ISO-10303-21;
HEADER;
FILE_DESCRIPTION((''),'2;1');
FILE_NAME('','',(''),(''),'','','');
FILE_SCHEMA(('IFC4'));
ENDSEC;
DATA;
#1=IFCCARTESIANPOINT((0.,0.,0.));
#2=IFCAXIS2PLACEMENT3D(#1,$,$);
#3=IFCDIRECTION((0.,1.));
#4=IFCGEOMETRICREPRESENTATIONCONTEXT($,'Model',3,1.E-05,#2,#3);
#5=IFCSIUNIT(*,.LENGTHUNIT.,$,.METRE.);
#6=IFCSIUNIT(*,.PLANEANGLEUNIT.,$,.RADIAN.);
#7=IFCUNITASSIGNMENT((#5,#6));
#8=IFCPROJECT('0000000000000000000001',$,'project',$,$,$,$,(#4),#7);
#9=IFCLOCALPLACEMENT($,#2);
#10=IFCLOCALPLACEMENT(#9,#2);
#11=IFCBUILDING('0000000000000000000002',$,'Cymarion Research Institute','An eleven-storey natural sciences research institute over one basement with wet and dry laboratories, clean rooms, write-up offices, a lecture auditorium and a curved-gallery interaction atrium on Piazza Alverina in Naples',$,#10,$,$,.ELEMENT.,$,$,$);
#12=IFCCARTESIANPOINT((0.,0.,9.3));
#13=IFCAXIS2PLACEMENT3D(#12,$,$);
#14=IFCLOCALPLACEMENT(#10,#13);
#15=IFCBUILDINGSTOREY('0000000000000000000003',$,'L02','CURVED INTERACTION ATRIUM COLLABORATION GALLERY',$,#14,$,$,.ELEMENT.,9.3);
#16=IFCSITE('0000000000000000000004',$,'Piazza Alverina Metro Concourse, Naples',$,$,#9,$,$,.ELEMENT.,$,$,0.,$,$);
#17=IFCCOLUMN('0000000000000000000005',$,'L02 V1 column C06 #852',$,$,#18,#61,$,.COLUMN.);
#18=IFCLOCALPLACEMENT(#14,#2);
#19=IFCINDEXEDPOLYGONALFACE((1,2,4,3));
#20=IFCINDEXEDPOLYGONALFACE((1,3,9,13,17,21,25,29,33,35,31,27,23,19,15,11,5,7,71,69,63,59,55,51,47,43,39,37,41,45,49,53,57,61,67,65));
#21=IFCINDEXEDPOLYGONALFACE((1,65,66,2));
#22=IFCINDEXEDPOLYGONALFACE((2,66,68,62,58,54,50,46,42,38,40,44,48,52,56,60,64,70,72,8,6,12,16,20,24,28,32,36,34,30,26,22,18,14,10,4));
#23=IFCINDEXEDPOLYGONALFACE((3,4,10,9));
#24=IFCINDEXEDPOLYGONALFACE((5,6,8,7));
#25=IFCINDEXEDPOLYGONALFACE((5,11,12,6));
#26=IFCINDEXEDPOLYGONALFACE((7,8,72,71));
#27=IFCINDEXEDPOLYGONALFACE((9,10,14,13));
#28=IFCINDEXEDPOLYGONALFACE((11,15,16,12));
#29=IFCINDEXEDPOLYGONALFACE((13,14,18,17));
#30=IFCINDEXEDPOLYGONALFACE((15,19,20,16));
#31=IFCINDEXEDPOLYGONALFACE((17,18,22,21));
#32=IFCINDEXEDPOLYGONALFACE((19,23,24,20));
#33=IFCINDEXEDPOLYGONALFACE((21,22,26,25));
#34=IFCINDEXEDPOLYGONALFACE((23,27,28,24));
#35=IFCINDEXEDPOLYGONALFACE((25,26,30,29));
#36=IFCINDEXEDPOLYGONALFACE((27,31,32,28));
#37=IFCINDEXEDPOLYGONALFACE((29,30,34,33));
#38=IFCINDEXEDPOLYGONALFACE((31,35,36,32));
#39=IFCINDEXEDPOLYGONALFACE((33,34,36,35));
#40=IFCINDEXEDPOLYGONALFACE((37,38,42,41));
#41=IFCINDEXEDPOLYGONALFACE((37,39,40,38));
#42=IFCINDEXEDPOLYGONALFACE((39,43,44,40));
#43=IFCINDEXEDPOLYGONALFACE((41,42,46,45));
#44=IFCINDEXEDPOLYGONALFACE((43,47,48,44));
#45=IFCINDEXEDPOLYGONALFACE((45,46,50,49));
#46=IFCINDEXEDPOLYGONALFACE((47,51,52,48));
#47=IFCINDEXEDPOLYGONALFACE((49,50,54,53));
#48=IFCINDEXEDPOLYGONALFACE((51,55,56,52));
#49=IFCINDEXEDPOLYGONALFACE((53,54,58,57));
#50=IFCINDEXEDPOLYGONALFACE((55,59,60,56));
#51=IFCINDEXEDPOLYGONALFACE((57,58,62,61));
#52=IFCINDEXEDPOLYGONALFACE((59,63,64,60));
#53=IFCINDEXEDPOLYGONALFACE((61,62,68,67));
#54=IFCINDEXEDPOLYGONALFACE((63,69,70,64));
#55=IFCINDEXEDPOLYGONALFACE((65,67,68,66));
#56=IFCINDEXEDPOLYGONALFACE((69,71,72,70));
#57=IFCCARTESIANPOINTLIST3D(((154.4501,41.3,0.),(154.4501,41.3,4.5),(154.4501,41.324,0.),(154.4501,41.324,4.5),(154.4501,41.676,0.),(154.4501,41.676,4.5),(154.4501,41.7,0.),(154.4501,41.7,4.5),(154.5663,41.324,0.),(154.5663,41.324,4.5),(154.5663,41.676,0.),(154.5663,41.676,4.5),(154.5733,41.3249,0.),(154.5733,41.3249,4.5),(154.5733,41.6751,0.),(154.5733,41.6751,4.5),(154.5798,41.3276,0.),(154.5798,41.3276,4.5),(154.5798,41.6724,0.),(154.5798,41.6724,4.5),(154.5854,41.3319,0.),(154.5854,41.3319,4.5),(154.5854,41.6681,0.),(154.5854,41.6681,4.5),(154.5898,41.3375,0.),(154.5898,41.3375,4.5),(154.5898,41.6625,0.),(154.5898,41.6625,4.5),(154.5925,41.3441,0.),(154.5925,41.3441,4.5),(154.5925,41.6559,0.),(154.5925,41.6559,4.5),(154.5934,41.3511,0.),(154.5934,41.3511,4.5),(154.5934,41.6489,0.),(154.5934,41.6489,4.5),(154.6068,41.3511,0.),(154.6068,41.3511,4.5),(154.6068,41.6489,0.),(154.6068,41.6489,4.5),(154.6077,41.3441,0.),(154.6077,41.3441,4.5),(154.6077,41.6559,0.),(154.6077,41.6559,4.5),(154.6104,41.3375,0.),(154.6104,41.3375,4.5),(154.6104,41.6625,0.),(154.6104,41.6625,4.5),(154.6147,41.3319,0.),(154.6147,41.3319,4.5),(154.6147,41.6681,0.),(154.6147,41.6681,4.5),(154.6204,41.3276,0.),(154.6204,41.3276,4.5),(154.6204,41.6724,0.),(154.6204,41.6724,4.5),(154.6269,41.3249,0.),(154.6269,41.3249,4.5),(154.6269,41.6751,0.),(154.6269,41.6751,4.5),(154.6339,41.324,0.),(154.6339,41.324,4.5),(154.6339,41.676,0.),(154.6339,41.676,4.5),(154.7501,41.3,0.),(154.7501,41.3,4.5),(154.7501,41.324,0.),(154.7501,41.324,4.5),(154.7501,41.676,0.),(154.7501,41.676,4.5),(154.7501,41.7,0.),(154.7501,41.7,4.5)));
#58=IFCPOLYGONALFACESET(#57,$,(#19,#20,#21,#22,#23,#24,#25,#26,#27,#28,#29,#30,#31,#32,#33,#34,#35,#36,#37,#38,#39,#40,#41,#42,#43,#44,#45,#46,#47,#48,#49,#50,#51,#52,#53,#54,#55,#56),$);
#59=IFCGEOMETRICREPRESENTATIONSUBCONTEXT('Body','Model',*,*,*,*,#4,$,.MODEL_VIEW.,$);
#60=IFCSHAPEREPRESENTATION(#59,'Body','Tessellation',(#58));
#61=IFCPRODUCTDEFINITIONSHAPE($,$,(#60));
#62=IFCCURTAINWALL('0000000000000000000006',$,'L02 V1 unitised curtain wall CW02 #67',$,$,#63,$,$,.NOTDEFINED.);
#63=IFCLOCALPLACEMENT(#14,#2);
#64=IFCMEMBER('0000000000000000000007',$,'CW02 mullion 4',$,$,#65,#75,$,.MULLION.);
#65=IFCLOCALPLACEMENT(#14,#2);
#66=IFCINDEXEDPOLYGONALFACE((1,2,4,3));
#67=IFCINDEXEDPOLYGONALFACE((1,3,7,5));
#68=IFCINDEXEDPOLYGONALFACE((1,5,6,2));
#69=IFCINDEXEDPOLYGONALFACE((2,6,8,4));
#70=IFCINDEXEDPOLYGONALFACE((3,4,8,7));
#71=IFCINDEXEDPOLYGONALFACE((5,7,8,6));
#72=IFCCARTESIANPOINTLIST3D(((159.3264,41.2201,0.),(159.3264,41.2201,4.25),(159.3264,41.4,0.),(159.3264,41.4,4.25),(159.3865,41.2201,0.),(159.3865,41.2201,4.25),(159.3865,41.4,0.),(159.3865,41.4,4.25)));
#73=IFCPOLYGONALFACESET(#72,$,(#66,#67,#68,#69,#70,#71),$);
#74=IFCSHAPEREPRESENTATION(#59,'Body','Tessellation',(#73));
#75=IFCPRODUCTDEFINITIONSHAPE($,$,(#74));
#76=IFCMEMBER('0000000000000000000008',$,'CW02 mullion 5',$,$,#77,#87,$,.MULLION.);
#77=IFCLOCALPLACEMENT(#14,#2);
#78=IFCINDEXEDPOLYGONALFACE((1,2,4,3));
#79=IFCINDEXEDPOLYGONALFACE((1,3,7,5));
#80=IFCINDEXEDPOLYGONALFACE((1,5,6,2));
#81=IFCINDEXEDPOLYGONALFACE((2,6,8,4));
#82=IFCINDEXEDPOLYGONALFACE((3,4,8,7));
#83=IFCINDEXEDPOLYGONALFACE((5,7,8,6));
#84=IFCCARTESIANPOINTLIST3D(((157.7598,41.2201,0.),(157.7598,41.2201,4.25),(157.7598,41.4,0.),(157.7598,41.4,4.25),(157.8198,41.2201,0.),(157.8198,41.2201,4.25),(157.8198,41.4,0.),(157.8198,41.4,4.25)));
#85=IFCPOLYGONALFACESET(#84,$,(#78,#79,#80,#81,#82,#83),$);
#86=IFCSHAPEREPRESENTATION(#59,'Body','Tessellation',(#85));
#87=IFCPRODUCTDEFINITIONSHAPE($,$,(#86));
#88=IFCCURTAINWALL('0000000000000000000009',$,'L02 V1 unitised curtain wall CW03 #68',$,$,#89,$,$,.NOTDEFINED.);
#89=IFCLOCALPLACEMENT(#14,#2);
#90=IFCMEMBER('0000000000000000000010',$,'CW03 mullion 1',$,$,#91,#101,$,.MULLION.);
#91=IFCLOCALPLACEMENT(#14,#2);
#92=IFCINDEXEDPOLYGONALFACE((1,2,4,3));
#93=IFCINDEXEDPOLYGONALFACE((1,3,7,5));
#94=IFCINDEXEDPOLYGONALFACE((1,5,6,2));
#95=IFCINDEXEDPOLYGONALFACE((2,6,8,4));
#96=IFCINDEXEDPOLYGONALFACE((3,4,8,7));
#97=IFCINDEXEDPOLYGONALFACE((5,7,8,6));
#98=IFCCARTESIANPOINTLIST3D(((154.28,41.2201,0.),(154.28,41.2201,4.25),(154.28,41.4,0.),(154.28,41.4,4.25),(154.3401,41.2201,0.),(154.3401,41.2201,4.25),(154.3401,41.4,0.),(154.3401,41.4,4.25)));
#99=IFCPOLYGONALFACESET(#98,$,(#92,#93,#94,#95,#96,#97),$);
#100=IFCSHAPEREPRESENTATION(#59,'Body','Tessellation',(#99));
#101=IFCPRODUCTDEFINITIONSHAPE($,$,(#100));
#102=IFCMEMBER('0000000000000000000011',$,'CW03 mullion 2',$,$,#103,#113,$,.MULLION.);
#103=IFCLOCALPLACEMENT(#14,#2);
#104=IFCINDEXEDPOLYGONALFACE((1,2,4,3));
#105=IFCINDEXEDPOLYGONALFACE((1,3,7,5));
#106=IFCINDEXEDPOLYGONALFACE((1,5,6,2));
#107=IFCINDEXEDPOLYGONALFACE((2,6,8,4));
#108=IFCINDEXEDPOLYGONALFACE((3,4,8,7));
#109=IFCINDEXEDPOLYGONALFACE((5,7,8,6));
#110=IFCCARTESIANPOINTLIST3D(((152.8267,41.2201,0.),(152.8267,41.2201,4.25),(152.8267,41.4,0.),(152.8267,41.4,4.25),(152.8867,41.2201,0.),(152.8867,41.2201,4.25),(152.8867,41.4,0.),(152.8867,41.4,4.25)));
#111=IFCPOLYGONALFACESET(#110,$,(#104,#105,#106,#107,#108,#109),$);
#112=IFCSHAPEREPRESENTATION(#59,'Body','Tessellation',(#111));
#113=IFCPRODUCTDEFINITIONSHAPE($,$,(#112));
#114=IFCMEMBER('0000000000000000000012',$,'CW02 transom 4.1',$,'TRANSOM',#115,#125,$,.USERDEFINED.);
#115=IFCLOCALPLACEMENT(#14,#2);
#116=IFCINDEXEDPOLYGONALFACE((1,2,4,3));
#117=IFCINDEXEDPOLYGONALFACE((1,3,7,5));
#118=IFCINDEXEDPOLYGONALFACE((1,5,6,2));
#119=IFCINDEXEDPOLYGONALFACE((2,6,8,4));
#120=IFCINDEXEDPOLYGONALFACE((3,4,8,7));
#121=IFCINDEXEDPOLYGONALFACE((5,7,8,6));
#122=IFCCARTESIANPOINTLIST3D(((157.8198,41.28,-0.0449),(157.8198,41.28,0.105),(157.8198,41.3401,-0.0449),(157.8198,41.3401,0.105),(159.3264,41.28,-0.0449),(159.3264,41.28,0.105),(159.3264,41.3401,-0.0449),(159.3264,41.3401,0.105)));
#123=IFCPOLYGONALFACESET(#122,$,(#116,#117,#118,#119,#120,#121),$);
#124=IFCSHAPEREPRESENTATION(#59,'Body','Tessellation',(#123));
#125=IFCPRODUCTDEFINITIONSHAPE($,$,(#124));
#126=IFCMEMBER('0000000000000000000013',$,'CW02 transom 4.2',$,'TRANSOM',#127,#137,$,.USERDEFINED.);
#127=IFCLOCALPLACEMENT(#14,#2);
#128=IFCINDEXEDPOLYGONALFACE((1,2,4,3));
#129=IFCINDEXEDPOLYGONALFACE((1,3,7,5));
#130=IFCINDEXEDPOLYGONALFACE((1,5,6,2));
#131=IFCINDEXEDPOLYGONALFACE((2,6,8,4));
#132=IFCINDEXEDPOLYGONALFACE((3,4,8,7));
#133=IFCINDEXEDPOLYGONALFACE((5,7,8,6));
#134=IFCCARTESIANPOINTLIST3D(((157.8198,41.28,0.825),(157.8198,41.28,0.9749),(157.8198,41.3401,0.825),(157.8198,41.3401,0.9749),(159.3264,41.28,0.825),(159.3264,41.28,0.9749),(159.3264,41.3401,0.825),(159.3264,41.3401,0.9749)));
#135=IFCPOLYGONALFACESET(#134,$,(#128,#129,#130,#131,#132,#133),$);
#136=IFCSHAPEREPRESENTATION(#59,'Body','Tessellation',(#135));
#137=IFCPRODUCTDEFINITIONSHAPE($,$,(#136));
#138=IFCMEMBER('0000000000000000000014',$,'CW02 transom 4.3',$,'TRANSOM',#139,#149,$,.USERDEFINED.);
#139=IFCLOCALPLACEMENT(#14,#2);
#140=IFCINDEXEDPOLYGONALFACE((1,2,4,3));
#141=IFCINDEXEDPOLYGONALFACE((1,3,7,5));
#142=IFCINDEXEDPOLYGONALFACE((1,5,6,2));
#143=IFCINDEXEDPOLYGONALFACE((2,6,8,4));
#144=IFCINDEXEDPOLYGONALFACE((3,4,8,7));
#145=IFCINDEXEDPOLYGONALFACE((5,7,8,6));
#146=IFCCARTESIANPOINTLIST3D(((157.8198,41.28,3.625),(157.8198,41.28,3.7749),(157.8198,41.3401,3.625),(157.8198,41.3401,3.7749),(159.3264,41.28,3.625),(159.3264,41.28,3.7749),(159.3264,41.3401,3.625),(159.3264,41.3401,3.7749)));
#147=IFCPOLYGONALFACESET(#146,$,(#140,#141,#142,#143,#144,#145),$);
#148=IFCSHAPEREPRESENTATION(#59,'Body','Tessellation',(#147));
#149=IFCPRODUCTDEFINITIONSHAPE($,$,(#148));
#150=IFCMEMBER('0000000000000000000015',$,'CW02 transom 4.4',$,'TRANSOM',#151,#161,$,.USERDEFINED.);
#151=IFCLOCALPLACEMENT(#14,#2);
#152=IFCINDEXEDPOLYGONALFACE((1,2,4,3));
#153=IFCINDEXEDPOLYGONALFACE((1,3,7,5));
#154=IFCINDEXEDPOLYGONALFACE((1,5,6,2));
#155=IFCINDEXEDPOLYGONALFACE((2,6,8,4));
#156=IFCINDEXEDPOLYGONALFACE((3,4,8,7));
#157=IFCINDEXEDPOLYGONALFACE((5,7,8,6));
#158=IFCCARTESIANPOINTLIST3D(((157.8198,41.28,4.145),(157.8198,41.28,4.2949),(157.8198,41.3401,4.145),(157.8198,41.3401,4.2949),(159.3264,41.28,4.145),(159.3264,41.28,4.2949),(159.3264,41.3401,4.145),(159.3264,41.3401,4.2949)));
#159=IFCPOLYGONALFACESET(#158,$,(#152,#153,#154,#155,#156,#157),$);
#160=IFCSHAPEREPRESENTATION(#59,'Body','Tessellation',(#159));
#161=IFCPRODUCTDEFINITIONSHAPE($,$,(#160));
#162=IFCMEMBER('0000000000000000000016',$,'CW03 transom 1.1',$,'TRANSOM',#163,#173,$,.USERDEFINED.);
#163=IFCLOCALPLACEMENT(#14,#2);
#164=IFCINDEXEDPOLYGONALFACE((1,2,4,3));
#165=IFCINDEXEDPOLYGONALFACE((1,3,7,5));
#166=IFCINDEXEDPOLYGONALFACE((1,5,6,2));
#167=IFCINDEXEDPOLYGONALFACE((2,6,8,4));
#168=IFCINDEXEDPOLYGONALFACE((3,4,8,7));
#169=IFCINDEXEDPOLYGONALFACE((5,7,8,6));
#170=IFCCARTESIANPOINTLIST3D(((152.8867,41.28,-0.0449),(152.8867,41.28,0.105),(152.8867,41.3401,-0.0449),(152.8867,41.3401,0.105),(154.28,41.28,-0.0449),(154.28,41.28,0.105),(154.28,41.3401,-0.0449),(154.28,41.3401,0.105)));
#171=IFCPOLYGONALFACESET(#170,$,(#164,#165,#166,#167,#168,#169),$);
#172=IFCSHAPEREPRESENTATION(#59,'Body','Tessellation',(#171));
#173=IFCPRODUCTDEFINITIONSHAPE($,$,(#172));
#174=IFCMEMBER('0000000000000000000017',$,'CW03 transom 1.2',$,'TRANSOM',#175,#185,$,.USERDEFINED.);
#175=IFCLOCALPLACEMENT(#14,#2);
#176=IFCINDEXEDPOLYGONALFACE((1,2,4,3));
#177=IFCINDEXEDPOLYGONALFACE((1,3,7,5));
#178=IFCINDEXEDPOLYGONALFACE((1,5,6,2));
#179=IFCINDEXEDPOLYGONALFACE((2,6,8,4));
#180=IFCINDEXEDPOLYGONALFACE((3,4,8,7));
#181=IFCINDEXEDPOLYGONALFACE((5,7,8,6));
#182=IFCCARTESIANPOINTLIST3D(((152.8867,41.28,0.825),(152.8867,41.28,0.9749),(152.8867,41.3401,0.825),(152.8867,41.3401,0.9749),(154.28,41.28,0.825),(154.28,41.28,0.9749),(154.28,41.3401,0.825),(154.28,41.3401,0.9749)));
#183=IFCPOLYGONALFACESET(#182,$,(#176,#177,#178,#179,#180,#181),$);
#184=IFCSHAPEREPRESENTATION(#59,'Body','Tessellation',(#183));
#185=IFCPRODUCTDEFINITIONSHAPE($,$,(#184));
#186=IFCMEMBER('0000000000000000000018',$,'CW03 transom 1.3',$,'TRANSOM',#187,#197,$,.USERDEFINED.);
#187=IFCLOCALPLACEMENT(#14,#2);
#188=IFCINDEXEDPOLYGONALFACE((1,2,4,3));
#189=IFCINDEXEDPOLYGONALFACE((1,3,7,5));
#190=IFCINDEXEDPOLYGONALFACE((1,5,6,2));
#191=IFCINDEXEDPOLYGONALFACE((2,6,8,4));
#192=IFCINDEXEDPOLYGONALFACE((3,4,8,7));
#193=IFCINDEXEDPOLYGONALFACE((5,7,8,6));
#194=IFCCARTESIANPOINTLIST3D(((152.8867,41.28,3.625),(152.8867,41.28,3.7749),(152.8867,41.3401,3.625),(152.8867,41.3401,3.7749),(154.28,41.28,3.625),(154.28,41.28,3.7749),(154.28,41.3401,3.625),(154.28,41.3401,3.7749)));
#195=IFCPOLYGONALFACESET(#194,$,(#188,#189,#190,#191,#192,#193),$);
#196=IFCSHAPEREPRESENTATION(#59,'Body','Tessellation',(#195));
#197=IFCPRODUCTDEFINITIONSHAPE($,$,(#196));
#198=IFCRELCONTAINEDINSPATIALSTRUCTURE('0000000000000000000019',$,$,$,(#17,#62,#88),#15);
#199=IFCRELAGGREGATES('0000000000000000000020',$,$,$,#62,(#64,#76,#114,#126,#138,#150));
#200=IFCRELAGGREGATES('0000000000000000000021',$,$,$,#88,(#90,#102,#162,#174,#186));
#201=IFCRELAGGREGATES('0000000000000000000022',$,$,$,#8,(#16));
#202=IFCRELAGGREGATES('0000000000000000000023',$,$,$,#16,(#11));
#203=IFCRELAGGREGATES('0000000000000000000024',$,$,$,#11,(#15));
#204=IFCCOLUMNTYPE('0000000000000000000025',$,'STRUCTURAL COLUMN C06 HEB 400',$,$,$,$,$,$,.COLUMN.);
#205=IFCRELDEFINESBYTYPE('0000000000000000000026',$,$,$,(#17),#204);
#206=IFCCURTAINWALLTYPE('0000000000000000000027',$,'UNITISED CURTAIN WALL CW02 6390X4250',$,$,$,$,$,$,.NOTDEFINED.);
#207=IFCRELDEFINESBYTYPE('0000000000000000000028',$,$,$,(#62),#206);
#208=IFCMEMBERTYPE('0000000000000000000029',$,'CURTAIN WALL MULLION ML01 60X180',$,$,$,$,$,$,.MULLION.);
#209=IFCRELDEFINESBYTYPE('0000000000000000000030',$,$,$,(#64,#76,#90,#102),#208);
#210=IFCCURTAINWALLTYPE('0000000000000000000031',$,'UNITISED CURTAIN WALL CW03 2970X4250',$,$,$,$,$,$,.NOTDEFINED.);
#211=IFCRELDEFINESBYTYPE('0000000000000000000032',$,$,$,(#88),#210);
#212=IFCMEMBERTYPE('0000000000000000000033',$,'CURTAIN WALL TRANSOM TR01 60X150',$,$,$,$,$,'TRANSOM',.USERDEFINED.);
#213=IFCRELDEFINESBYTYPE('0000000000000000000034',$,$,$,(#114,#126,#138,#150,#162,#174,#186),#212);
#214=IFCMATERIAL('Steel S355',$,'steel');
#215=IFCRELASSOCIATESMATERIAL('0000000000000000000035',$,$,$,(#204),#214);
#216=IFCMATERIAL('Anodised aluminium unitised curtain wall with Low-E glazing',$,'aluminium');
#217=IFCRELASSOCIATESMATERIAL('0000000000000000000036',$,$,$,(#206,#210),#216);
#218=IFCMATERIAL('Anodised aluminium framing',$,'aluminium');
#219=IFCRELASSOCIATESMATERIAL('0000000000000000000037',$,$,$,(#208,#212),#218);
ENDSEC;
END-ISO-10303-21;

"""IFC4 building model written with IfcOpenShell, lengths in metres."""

from ifc_helpers import new_model, si_unit, direction, frame, origin, origin_2d, place, context, subcontext, project, spatial, rectangle, i_section, extrude, material, material_profile, profile_set, type_object, element, aggregate, save


model = new_model("IFC4")

# Units and contexts
model_context = context("Model", 3, precision=1e-05, world=origin(), true_north=direction((0.0, 1.0)))
body_context = subcontext(model_context, "Body", "Model", "MODEL_VIEW")
ifc_project = project(units=[si_unit("LENGTHUNIT", "METRE"), si_unit("PLANEANGLEUNIT", "RADIAN")], contexts=[model_context])

# Site, building, storey
site_placement = place(None, origin())
site = spatial("IfcSite", under=ifc_project, at=site_placement, Name="Piazza Alverina Metro Concourse, Naples", CompositionType="ELEMENT", RefElevation=0.0)
building_placement = place(site_placement, origin())
building = spatial("IfcBuilding", under=site, at=building_placement, Name="Cymarion Research Institute", Description="An eleven-storey natural sciences research institute over one basement with wet and dry laboratories, clean rooms, write-up offices, a lecture auditorium and a curved-gallery interaction atrium on Piazza Alverina in Naples", CompositionType="ELEMENT")
storey_placement = place(building_placement, frame((0.0, 0.0, 9.3)))
storey = spatial("IfcBuildingStorey", under=building, at=storey_placement, Name="L02", Description="CURVED INTERACTION ATRIUM COLLABORATION GALLERY", CompositionType="ELEMENT", Elevation=9.3)

# Column
ifc_material_1 = material(Name="Steel S355", Category="steel")
ifc_material_profile_1 = material_profile(ifc_material_1, i_section(OverallWidth=0.3, OverallDepth=0.3999, WebThickness=0.0134, FlangeThickness=0.0239, FilletRadius=0.0271, at=origin_2d()), Name="HEB 400")
ifc_profile_set_1 = profile_set([ifc_material_profile_1], Name="Steel S355")
column_type = type_object("IfcColumnType", Name="STRUCTURAL COLUMN C06 HEB 400", PredefinedType="COLUMN", material=ifc_profile_set_1)
column_placement = place(storey_placement, frame((154.6001, 41.5, 0.0), z_axis=(0.0, 0.0, 1.0), x_axis=(1.0, 0.0, 0.0)))
element("IfcColumn", 1, at=column_placement, inside=storey, type_object=column_type, Name="L02 V1 column C06 #852", PredefinedType="COLUMN", context=body_context, shape_type="SweptSolid", body=[
    extrude(i_section(OverallWidth=0.3, OverallDepth=0.3999, WebThickness=0.0134, FlangeThickness=0.0239, FilletRadius=0.0271, at=origin_2d()), origin(), (0.0, 0.0, 1.0), 4.5),
])

# Curtain walls, members
ifc_material_2 = material(Name="Anodised aluminium unitised curtain wall with Low-E glazing", Category="aluminium")
curtain_wall_type_1 = type_object("IfcCurtainWallType", Name="UNITISED CURTAIN WALL CW02 6390X4250", PredefinedType="NOTDEFINED", material=ifc_material_2)
curtain_wall_1_placement = place(storey_placement, origin())
curtain_wall_1 = element("IfcCurtainWall", 2, at=curtain_wall_1_placement, inside=storey, type_object=curtain_wall_type_1, Name="L02 V1 unitised curtain wall CW02 #67", PredefinedType="NOTDEFINED")
ifc_material_3 = material(Name="Anodised aluminium framing", Category="aluminium")
ifc_material_profile_2 = material_profile(ifc_material_3, rectangle(XDim=0.0601, YDim=0.1799, at=origin_2d()), Name="ALU MULLION 60x180")
ifc_profile_set_2 = profile_set([ifc_material_profile_2], Name="Anodised aluminium framing")
member_type_1 = type_object("IfcMemberType", Name="CURTAIN WALL MULLION ML01 60X180", PredefinedType="MULLION", material=ifc_profile_set_2)
member_1_placement = place(storey_placement, frame((159.3564, 41.3101, 0.0), z_axis=(0.0, 0.0, 1.0), x_axis=(-1.0, 0.0, 0.0)))
member_1 = element("IfcMember", 3, at=member_1_placement, type_object=member_type_1, Name="CW02 mullion 4", PredefinedType="MULLION", context=body_context, shape_type="SweptSolid", body=[
    extrude(rectangle(XDim=0.0601, YDim=0.1799, at=origin_2d()), origin(), (0.0, 0.0, 1.0), 4.25),
])
member_2_placement = place(storey_placement, frame((157.7898, 41.3101, 0.0), z_axis=(0.0, 0.0, 1.0), x_axis=(-1.0, 0.0, 0.0)))
member_2 = element("IfcMember", 4, at=member_2_placement, type_object=member_type_1, Name="CW02 mullion 5", PredefinedType="MULLION", context=body_context, shape_type="SweptSolid", body=[
    extrude(rectangle(XDim=0.0601, YDim=0.1799, at=origin_2d()), origin(), (0.0, 0.0, 1.0), 4.25),
])
curtain_wall_type_2 = type_object("IfcCurtainWallType", Name="UNITISED CURTAIN WALL CW03 2970X4250", PredefinedType="NOTDEFINED", material=ifc_material_2)
curtain_wall_2_placement = place(storey_placement, origin())
curtain_wall_2 = element("IfcCurtainWall", 5, at=curtain_wall_2_placement, inside=storey, type_object=curtain_wall_type_2, Name="L02 V1 unitised curtain wall CW03 #68", PredefinedType="NOTDEFINED")
member_3_placement = place(storey_placement, frame((154.3101, 41.3101, 0.0), z_axis=(0.0, 0.0, 1.0), x_axis=(-1.0, 0.0, 0.0)))
member_3 = element("IfcMember", 6, at=member_3_placement, type_object=member_type_1, Name="CW03 mullion 1", PredefinedType="MULLION", context=body_context, shape_type="SweptSolid", body=[
    extrude(rectangle(XDim=0.0601, YDim=0.1799, at=origin_2d()), origin(), (0.0, 0.0, 1.0), 4.25),
])
member_4_placement = place(storey_placement, frame((152.8567, 41.3101, 0.0), z_axis=(0.0, 0.0, 1.0), x_axis=(-1.0, 0.0, 0.0)))
member_4 = element("IfcMember", 7, at=member_4_placement, type_object=member_type_1, Name="CW03 mullion 2", PredefinedType="MULLION", context=body_context, shape_type="SweptSolid", body=[
    extrude(rectangle(XDim=0.0601, YDim=0.1799, at=origin_2d()), origin(), (0.0, 0.0, 1.0), 4.25),
])

# Members
ifc_material_profile_3 = material_profile(ifc_material_3, rectangle(XDim=0.0601, YDim=0.1499, at=origin_2d()), Name="ALU TRANSOM 60x150")
ifc_profile_set_3 = profile_set([ifc_material_profile_3], Name="Anodised aluminium framing")
member_type_2 = type_object("IfcMemberType", Name="CURTAIN WALL TRANSOM TR01 60X150", ElementType="TRANSOM", PredefinedType="USERDEFINED", material=ifc_profile_set_3)
member_5_placement = place(storey_placement, frame((159.3264, 41.3101, 0.03), z_axis=(-1.0, 0.0, 0.0), x_axis=(0.0, -1.0, 0.0)))
member_5 = element("IfcMember", 8, at=member_5_placement, type_object=member_type_2, Name="CW02 transom 4.1", ObjectType="TRANSOM", PredefinedType="USERDEFINED", context=body_context, shape_type="SweptSolid", body=[
    extrude(rectangle(XDim=0.0601, YDim=0.1499, at=origin_2d()), origin(), (0.0, 0.0, 1.0), 1.5066),
])
member_6_placement = place(storey_placement, frame((159.3264, 41.3101, 0.8999), z_axis=(-1.0, 0.0, 0.0), x_axis=(0.0, -1.0, 0.0)))
member_6 = element("IfcMember", 9, at=member_6_placement, type_object=member_type_2, Name="CW02 transom 4.2", ObjectType="TRANSOM", PredefinedType="USERDEFINED", context=body_context, shape_type="SweptSolid", body=[
    extrude(rectangle(XDim=0.0601, YDim=0.1499, at=origin_2d()), origin(), (0.0, 0.0, 1.0), 1.5066),
])
member_7_placement = place(storey_placement, frame((159.3264, 41.3101, 3.7), z_axis=(-1.0, 0.0, 0.0), x_axis=(0.0, -1.0, 0.0)))
member_7 = element("IfcMember", 10, at=member_7_placement, type_object=member_type_2, Name="CW02 transom 4.3", ObjectType="TRANSOM", PredefinedType="USERDEFINED", context=body_context, shape_type="SweptSolid", body=[
    extrude(rectangle(XDim=0.0601, YDim=0.1499, at=origin_2d()), origin(), (0.0, 0.0, 1.0), 1.5066),
])
member_8_placement = place(storey_placement, frame((159.3264, 41.3101, 4.22), z_axis=(-1.0, 0.0, 0.0), x_axis=(0.0, -1.0, 0.0)))
member_8 = element("IfcMember", 11, at=member_8_placement, type_object=member_type_2, Name="CW02 transom 4.4", ObjectType="TRANSOM", PredefinedType="USERDEFINED", context=body_context, shape_type="SweptSolid", body=[
    extrude(rectangle(XDim=0.0601, YDim=0.1499, at=origin_2d()), origin(), (0.0, 0.0, 1.0), 1.5066),
])
member_9_placement = place(storey_placement, frame((154.28, 41.3101, 0.03), z_axis=(-1.0, 0.0, 0.0), x_axis=(0.0, -1.0, 0.0)))
member_9 = element("IfcMember", 12, at=member_9_placement, type_object=member_type_2, Name="CW03 transom 1.1", ObjectType="TRANSOM", PredefinedType="USERDEFINED", context=body_context, shape_type="SweptSolid", body=[
    extrude(rectangle(XDim=0.0601, YDim=0.1499, at=origin_2d()), origin(), (0.0, 0.0, 1.0), 1.3933),
])
member_10_placement = place(storey_placement, frame((154.28, 41.3101, 0.8999), z_axis=(-1.0, 0.0, 0.0), x_axis=(0.0, -1.0, 0.0)))
member_10 = element("IfcMember", 13, at=member_10_placement, type_object=member_type_2, Name="CW03 transom 1.2", ObjectType="TRANSOM", PredefinedType="USERDEFINED", context=body_context, shape_type="SweptSolid", body=[
    extrude(rectangle(XDim=0.0601, YDim=0.1499, at=origin_2d()), origin(), (0.0, 0.0, 1.0), 1.3933),
])
member_11_placement = place(storey_placement, frame((154.28, 41.3101, 3.7), z_axis=(-1.0, 0.0, 0.0), x_axis=(0.0, -1.0, 0.0)))
member_11 = element("IfcMember", 14, at=member_11_placement, type_object=member_type_2, Name="CW03 transom 1.3", ObjectType="TRANSOM", PredefinedType="USERDEFINED", context=body_context, shape_type="SweptSolid", body=[
    extrude(rectangle(XDim=0.0601, YDim=0.1499, at=origin_2d()), origin(), (0.0, 0.0, 1.0), 1.3933),
])

aggregate(curtain_wall_1, [member_1, member_2, member_5, member_6, member_7, member_8])
aggregate(curtain_wall_2, [member_3, member_4, member_9, member_10, member_11])

save(model, "model.ifc")
